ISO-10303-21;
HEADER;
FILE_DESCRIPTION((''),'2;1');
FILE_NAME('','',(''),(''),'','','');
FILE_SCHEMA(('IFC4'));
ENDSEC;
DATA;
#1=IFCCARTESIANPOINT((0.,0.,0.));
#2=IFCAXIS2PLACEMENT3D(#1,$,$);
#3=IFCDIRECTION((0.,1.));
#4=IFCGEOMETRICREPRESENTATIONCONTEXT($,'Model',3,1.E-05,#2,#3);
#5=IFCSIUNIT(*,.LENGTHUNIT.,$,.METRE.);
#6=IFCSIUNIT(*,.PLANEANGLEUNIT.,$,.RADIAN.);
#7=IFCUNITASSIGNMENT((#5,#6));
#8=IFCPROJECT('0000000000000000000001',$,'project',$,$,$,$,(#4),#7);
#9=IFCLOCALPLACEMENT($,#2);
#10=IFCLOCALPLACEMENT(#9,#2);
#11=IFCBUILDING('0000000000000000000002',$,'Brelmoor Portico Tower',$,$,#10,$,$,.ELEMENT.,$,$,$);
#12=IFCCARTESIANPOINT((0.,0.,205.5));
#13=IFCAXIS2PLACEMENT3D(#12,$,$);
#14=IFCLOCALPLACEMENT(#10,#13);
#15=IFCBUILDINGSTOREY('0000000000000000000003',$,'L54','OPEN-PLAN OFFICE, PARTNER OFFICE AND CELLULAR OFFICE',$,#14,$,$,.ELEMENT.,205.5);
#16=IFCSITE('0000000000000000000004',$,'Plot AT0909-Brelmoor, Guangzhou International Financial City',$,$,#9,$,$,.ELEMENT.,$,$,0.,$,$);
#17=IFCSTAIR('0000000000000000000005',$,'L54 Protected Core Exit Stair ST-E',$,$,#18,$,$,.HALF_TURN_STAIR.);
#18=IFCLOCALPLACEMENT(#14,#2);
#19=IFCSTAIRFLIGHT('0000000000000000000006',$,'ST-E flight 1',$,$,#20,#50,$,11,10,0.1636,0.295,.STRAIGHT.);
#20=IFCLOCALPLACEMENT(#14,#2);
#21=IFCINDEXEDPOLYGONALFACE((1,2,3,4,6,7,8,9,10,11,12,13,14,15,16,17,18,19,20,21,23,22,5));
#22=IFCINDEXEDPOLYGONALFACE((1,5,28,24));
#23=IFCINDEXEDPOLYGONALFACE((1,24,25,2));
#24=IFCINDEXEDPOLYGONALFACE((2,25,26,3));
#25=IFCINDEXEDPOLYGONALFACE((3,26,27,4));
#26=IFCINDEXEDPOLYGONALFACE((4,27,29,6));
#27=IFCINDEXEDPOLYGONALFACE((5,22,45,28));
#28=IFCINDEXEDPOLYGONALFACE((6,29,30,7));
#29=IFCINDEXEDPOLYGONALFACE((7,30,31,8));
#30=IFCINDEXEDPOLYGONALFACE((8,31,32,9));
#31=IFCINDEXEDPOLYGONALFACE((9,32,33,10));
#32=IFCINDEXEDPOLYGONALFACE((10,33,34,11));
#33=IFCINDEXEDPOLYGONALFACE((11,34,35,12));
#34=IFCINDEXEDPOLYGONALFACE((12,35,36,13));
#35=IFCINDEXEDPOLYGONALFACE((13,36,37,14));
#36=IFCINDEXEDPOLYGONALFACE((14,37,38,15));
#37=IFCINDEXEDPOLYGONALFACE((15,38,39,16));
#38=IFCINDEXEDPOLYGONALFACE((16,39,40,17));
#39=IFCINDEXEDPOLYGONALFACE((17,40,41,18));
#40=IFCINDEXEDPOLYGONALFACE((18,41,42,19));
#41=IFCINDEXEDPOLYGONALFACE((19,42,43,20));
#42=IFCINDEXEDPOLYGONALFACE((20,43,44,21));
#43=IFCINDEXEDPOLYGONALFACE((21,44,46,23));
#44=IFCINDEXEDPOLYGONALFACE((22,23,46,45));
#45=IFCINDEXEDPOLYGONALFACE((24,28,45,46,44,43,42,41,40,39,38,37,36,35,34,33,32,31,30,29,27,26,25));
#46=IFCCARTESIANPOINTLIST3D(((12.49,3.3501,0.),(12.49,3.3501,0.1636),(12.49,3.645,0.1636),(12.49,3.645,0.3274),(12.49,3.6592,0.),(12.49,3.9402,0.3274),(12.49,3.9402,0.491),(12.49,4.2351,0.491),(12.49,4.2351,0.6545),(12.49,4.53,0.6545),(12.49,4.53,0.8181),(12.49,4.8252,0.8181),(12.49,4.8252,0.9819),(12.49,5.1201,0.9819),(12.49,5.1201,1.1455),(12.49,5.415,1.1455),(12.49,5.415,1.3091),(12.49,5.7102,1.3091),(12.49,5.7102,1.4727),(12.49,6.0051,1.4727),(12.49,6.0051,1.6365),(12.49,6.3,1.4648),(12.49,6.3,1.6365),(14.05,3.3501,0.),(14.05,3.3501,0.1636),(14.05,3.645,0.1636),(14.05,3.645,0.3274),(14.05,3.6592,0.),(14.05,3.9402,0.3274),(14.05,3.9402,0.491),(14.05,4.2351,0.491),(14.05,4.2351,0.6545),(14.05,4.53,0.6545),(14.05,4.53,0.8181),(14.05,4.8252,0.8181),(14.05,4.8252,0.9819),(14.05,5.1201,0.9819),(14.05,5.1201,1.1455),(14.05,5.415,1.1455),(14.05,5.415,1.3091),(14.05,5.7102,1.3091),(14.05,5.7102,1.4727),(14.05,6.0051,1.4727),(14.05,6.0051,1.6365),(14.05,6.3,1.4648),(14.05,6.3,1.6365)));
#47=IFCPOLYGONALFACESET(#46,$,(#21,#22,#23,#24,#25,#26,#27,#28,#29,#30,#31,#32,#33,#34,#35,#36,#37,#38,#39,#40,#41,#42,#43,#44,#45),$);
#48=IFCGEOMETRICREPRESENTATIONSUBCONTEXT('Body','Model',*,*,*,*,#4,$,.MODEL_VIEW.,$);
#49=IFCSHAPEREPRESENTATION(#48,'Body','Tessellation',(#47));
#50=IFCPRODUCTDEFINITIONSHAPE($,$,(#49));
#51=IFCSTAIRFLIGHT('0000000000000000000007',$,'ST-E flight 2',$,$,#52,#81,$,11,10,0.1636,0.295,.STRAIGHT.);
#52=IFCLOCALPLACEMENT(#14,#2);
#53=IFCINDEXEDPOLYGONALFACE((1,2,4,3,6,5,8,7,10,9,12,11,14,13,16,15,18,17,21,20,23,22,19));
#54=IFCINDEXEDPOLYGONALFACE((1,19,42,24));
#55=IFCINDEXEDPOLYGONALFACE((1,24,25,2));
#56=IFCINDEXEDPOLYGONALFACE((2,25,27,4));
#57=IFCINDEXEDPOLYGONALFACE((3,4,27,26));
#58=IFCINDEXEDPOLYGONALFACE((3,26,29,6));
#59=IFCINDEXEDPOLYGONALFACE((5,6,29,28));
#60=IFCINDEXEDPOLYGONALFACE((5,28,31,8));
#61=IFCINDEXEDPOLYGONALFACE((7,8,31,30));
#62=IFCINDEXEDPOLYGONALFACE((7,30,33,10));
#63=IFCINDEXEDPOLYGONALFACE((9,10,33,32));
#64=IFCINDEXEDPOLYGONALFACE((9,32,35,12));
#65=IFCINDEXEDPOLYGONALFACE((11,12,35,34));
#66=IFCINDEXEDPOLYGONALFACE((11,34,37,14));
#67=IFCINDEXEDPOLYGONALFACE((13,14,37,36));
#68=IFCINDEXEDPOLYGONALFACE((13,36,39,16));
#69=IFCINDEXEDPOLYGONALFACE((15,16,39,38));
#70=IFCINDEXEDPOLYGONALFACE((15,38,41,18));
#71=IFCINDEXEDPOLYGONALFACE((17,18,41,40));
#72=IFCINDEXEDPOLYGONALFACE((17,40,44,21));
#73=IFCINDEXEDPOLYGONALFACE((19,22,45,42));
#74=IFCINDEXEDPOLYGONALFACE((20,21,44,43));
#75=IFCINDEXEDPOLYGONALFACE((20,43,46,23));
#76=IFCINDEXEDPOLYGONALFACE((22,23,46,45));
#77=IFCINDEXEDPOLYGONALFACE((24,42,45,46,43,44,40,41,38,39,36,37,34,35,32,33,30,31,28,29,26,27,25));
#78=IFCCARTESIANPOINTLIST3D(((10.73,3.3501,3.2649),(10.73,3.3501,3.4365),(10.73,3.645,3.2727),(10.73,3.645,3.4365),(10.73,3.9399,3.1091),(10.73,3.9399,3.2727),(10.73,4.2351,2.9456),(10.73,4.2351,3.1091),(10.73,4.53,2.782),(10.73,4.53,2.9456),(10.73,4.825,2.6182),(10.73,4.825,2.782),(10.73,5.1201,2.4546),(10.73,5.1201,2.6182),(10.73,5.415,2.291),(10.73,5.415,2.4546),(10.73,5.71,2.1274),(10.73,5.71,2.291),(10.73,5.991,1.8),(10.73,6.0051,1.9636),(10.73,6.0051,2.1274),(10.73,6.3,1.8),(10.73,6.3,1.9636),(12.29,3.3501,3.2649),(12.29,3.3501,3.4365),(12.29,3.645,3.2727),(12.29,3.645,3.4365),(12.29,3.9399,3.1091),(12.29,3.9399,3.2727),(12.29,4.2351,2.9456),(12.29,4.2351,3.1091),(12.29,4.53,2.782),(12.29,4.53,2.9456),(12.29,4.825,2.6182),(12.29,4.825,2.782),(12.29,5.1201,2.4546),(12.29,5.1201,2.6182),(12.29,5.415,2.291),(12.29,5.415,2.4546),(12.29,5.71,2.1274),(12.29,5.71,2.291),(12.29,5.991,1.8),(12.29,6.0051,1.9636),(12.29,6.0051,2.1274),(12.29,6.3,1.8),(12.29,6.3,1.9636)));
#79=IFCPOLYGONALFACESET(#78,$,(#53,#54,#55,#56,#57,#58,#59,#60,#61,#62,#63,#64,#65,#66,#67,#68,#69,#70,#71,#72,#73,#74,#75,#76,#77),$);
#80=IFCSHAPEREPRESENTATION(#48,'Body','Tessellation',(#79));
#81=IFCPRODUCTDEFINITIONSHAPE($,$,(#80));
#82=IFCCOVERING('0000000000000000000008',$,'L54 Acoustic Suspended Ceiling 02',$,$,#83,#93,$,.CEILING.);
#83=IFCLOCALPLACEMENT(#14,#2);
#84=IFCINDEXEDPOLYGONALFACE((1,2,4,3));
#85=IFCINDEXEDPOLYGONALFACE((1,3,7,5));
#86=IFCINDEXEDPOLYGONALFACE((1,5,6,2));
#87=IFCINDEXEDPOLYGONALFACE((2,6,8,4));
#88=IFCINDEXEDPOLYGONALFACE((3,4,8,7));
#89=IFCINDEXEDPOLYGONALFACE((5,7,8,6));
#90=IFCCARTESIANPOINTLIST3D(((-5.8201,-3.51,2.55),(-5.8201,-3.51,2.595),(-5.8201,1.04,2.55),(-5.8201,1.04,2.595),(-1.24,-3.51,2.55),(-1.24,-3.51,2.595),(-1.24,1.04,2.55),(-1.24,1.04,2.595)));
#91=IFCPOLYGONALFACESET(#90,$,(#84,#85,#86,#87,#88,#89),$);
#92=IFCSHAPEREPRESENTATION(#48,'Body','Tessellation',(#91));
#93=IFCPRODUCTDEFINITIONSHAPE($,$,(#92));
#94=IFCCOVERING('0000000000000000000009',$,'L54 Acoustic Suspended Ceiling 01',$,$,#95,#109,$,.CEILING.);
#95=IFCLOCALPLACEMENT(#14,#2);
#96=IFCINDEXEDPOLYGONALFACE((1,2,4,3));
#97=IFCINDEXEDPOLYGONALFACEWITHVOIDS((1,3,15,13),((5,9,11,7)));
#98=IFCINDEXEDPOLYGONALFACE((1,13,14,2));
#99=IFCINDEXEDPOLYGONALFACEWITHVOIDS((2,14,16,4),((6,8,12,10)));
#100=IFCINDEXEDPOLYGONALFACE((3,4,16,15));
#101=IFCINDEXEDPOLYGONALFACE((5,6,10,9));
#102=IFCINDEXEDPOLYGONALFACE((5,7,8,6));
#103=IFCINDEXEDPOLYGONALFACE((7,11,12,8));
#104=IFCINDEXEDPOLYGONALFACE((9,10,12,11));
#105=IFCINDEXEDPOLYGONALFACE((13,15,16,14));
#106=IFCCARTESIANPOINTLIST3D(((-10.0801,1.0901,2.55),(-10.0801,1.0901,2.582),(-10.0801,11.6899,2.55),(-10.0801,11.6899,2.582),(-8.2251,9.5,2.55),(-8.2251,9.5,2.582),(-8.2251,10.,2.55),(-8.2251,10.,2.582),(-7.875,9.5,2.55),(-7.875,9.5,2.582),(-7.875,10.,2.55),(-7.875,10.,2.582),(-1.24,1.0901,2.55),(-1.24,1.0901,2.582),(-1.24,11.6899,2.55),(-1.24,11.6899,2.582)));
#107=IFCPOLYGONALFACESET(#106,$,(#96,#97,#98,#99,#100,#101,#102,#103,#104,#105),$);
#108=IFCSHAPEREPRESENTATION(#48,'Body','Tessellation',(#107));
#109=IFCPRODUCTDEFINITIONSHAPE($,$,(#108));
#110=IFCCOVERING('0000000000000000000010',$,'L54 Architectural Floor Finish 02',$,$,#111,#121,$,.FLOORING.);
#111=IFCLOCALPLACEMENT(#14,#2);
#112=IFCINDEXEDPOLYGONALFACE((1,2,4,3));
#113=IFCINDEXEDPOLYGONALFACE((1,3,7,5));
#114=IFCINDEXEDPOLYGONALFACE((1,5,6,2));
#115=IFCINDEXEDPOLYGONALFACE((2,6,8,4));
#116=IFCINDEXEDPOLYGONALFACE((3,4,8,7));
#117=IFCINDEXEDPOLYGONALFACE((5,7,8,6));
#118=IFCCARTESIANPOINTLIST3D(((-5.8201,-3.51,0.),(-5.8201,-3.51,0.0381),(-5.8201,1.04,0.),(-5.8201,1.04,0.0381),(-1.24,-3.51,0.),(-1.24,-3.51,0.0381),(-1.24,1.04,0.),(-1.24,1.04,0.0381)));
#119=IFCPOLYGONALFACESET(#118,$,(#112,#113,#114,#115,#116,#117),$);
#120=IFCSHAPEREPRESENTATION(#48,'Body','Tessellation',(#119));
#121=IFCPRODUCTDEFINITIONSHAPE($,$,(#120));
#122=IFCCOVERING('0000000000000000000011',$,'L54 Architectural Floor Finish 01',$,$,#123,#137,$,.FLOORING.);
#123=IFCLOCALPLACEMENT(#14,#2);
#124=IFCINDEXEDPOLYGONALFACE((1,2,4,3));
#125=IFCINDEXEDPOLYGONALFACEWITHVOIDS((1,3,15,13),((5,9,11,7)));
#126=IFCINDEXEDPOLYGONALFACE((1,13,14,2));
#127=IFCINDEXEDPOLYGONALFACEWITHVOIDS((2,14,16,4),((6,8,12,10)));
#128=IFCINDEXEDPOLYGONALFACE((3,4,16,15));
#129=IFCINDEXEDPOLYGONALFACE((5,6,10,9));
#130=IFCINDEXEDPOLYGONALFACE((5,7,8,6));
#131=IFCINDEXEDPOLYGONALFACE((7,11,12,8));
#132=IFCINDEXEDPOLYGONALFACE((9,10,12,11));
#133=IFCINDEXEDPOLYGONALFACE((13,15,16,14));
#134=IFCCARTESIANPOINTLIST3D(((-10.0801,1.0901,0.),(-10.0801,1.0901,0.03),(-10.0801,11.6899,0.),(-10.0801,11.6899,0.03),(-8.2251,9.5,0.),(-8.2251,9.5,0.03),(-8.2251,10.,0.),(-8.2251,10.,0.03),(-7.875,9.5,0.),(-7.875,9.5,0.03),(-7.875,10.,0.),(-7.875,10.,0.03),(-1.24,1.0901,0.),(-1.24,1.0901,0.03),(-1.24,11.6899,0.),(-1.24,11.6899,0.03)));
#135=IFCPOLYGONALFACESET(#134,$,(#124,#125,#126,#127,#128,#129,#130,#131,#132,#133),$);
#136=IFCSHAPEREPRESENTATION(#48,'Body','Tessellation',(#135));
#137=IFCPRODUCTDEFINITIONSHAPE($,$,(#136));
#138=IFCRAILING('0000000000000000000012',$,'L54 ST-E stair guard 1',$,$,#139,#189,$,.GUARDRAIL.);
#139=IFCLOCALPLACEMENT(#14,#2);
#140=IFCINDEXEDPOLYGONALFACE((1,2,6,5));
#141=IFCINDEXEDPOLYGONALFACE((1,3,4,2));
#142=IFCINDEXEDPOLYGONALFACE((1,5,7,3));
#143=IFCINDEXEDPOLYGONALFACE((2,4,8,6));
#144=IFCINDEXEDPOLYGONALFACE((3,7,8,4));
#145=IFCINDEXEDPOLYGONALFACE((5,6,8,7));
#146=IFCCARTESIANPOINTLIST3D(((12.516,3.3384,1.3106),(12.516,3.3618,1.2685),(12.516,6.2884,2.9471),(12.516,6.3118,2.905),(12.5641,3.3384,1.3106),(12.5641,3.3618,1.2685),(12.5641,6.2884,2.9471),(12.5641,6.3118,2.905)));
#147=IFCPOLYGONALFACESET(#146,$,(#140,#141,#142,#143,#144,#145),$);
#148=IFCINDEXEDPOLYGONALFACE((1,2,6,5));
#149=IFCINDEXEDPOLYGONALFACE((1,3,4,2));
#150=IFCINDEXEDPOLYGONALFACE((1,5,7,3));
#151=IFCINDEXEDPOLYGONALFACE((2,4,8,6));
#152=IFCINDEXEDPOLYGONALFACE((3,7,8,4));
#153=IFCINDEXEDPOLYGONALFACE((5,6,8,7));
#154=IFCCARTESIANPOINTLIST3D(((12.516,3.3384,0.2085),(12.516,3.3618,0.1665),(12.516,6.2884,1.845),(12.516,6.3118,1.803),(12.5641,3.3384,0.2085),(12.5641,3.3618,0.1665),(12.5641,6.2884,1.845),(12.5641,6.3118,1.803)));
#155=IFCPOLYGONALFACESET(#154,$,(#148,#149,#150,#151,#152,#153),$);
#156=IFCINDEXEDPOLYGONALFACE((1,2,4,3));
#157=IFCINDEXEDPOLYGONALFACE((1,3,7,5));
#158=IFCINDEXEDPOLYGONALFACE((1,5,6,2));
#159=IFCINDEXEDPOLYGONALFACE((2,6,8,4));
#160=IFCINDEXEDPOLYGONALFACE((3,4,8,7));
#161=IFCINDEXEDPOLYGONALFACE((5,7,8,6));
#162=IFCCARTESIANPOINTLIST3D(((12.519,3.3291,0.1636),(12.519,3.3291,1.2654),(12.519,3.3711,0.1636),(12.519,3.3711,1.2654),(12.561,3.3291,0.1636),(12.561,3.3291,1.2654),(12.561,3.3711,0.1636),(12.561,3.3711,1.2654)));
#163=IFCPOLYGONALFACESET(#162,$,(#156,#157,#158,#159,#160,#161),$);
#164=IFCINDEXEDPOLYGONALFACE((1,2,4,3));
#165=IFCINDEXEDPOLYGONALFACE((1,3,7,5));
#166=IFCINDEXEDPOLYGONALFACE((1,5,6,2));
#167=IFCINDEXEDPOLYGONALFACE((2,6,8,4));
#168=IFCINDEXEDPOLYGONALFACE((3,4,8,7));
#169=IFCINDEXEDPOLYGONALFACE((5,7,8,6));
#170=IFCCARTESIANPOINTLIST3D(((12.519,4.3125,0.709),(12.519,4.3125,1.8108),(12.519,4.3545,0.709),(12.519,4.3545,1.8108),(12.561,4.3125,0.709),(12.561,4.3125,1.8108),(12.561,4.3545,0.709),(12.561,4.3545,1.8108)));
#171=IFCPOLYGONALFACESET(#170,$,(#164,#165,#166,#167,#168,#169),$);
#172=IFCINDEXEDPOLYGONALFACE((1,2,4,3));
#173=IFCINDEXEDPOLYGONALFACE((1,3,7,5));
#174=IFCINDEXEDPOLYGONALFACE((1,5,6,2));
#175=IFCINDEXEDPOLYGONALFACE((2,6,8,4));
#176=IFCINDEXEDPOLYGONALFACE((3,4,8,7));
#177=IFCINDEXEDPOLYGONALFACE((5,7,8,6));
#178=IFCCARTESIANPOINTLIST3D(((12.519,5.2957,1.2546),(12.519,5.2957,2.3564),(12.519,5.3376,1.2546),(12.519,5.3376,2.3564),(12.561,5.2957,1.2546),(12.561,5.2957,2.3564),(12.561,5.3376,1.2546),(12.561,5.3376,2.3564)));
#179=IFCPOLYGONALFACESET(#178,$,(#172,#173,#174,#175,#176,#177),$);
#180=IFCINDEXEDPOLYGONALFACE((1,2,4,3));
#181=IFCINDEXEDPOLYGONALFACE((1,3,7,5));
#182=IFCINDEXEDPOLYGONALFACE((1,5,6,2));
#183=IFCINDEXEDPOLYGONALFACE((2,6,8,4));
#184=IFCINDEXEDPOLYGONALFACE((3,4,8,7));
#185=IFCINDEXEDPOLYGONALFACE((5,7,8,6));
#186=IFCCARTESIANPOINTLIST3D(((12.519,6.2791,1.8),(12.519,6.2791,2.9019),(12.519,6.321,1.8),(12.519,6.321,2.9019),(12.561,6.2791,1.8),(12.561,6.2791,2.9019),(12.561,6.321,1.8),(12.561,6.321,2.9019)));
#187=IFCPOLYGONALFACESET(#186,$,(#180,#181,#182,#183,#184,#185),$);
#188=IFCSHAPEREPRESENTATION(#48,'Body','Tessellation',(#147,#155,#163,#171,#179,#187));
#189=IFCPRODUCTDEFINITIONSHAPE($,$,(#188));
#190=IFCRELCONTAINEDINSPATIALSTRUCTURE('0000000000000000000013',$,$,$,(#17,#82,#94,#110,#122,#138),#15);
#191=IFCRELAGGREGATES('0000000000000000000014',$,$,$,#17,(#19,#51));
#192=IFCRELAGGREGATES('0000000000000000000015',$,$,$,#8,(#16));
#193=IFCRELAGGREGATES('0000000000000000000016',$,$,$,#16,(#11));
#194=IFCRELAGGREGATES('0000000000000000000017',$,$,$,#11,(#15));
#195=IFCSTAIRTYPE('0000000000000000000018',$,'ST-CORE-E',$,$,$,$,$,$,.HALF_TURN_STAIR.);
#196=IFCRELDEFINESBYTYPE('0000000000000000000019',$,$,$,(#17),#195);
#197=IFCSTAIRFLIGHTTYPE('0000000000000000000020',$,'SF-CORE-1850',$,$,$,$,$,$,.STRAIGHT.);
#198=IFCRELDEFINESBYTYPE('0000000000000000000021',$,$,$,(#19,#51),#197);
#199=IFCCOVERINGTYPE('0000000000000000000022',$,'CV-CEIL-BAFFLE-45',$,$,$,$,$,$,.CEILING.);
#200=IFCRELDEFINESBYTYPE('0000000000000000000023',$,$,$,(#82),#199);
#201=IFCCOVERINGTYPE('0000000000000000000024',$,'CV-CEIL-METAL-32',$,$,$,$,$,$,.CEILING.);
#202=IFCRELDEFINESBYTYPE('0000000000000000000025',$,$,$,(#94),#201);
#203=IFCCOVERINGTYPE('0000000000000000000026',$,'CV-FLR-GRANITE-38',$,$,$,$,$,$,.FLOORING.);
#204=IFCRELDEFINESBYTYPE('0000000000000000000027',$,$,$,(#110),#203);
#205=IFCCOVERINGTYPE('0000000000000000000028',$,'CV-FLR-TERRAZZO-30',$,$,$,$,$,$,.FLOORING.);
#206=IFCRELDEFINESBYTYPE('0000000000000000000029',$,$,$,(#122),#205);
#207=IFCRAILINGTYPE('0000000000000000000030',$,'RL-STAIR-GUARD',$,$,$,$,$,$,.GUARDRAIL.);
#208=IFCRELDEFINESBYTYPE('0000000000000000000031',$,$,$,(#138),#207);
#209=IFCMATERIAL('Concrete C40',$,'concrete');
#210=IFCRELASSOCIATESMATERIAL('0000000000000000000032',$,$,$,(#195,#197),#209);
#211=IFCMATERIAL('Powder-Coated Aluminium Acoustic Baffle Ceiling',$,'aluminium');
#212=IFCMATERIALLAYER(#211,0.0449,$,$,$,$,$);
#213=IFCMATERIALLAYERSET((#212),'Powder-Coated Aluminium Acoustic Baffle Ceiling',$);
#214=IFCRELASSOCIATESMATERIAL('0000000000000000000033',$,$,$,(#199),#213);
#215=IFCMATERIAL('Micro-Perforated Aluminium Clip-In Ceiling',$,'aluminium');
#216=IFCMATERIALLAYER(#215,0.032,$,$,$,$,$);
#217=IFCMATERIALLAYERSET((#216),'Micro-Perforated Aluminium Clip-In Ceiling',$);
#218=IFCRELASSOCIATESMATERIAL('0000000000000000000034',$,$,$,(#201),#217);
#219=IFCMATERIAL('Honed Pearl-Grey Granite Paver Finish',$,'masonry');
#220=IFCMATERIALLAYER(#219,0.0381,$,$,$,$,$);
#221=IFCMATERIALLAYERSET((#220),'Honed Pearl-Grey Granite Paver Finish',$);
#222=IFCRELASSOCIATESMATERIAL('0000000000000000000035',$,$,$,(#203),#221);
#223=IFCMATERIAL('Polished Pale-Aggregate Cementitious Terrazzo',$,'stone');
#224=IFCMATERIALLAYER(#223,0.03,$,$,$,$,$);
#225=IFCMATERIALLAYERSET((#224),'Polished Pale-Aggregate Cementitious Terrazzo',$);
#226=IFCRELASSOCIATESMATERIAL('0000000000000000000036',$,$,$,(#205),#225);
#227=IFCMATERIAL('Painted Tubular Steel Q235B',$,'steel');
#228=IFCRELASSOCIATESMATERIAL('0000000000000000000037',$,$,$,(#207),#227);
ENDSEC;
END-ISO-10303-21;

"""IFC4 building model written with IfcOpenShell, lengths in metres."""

from ifc_helpers import new_model, si_unit, direction, frame, origin, origin_2d, place, context, subcontext, project, spatial, polyline, rectangle, outline, extrude, material, layer, layer_set, type_object, element, aggregate, save


model = new_model("IFC4")

# Units and contexts
model_context = context("Model", 3, precision=1e-05, world=origin(), true_north=direction((0.0, 1.0)))
body_context = subcontext(model_context, "Body", "Model", "MODEL_VIEW")
ifc_project = project(units=[si_unit("LENGTHUNIT", "METRE"), si_unit("PLANEANGLEUNIT", "RADIAN")], contexts=[model_context])

# Site, building, storey
site_placement = place(None, origin())
site = spatial("IfcSite", under=ifc_project, at=site_placement, Name="Plot AT0909-Brelmoor, Guangzhou International Financial City", CompositionType="ELEMENT", RefElevation=0.0)
building_placement = place(site_placement, origin())
building = spatial("IfcBuilding", under=site, at=building_placement, Name="Brelmoor Portico Tower", CompositionType="ELEMENT")
storey_placement = place(building_placement, frame((0.0, 0.0, 205.5)))
storey = spatial("IfcBuildingStorey", under=building, at=storey_placement, Name="L54", Description="OPEN-PLAN OFFICE, PARTNER OFFICE AND CELLULAR OFFICE", CompositionType="ELEMENT", Elevation=205.5)

# Shared definitions
ifc_material_1 = material(Name="Concrete C40", Category="concrete")

# Stair, stair flights
stair_type = type_object("IfcStairType", Name="ST-CORE-E", PredefinedType="HALF_TURN_STAIR", material=ifc_material_1)
stair_placement = place(storey_placement, origin())
stair = element("IfcStair", 1, at=stair_placement, inside=storey, type_object=stair_type, Name="L54 Protected Core Exit Stair ST-E", PredefinedType="HALF_TURN_STAIR")
stair_flight_type = type_object("IfcStairFlightType", Name="SF-CORE-1850", PredefinedType="STRAIGHT", material=ifc_material_1)
stair_flight_1_placement = place(storey_placement, frame((13.27, 3.3501, 0.0), z_axis=(0.0, 0.0, 1.0), x_axis=(0.0, 1.0, 0.0)))
stair_flight_1 = element("IfcStairFlight", 2, at=stair_flight_1_placement, type_object=stair_flight_type, Name="ST-E flight 1", NumberOfRisers=11, NumberOfTreads=10, PredefinedType="STRAIGHT", RiserHeight=0.1636, TreadLength=0.295, context=body_context, shape_type="SweptSolid", body=[
    extrude(outline(polyline([(0.0, 0.0), (0.0, 0.1636), (0.2949, 0.1636), (0.2949, 0.3274), (0.5901, 0.3274), (0.5901, 0.491), (0.885, 0.491), (0.885, 0.6545), (1.1799, 0.6545), (1.1799, 0.8181), (1.4751, 0.8181), (1.4751, 0.9819), (1.77, 0.9819), (1.77, 1.1455), (2.0649, 1.1455), (2.0649, 1.3091), (2.3601, 1.3091), (2.3601, 1.4727), (2.655, 1.4727), (2.655, 1.6365), (2.95, 1.6365), (2.95, 1.8), (2.95, 1.4648), (0.3091, 0.0), (0.0, 0.0)])), frame((0.0, 0.78, 0.0), z_axis=(0.0, -1.0, 0.0), x_axis=(1.0, 0.0, 0.0)), (0.0, 0.0, 1.0), 1.5601),
])
stair_flight_2_placement = place(storey_placement, frame((11.51, 6.3, 1.8), z_axis=(0.0, 0.0, 1.0), x_axis=(0.0, -1.0, 0.0)))
stair_flight_2 = element("IfcStairFlight", 3, at=stair_flight_2_placement, type_object=stair_flight_type, Name="ST-E flight 2", NumberOfRisers=11, NumberOfTreads=10, PredefinedType="STRAIGHT", RiserHeight=0.1636, TreadLength=0.295, context=body_context, shape_type="SweptSolid", body=[
    extrude(outline(polyline([(0.0, 0.0), (0.0, 0.1636), (0.2949, 0.1636), (0.2949, 0.3274), (0.5901, 0.3274), (0.5901, 0.491), (0.885, 0.491), (0.885, 0.6545), (1.1799, 0.6545), (1.1799, 0.8181), (1.4751, 0.8181), (1.4751, 0.9819), (1.77, 0.9819), (1.77, 1.1455), (2.0649, 1.1455), (2.0649, 1.3091), (2.3601, 1.3091), (2.3601, 1.4727), (2.655, 1.4727), (2.655, 1.6365), (2.95, 1.6365), (2.95, 1.8), (2.95, 1.4648), (0.3091, 0.0), (0.0, 0.0)])), frame((0.0, 0.78, 0.0), z_axis=(0.0, -1.0, 0.0), x_axis=(1.0, 0.0, 0.0)), (0.0, 0.0, 1.0), 1.5601),
])
aggregate(stair, [stair_flight_1, stair_flight_2])

# Coverings
ifc_material_2 = material(Name="Powder-Coated Aluminium Acoustic Baffle Ceiling", Category="aluminium")
ifc_layer_1 = layer(ifc_material_2, 0.0449)
ifc_layer_set_1 = layer_set([ifc_layer_1], Name="Powder-Coated Aluminium Acoustic Baffle Ceiling")
covering_type_1 = type_object("IfcCoveringType", Name="CV-CEIL-BAFFLE-45", PredefinedType="CEILING", material=ifc_layer_set_1)
covering_1_placement = place(storey_placement, frame((0.0, 0.0, 2.55)))
element("IfcCovering", 4, at=covering_1_placement, inside=storey, type_object=covering_type_1, Name="L54 Acoustic Suspended Ceiling 02", PredefinedType="CEILING", context=body_context, shape_type="SweptSolid", body=[
    extrude(outline(polyline([(-5.8201, -3.51), (-5.8201, 1.04), (-1.24, 1.04), (-1.24, -3.51), (-5.8201, -3.51)])), origin(), (0.0, 0.0, 1.0), 0.0449),
])
ifc_material_3 = material(Name="Micro-Perforated Aluminium Clip-In Ceiling", Category="aluminium")
ifc_layer_2 = layer(ifc_material_3, 0.032)
ifc_layer_set_2 = layer_set([ifc_layer_2], Name="Micro-Perforated Aluminium Clip-In Ceiling")
covering_type_2 = type_object("IfcCoveringType", Name="CV-CEIL-METAL-32", PredefinedType="CEILING", material=ifc_layer_set_2)
covering_2_placement = place(storey_placement, frame((0.0, 0.0, 2.55)))
element("IfcCovering", 5, at=covering_2_placement, inside=storey, type_object=covering_type_2, Name="L54 Acoustic Suspended Ceiling 01", PredefinedType="CEILING", context=body_context, shape_type="SweptSolid", body=[
    extrude(outline(polyline([(-10.0801, 11.6899), (-1.24, 11.6899), (-1.24, 1.0901), (-10.0801, 1.0901), (-10.0801, 11.6899)]), holes=[polyline([(-7.875, 9.5), (-7.875, 10.0), (-8.2251, 10.0), (-8.2251, 9.5), (-7.875, 9.5)])]), origin(), (0.0, 0.0, 1.0), 0.032),
])
ifc_material_4 = material(Name="Honed Pearl-Grey Granite Paver Finish", Category="masonry")
ifc_layer_3 = layer(ifc_material_4, 0.0381)
ifc_layer_set_3 = layer_set([ifc_layer_3], Name="Honed Pearl-Grey Granite Paver Finish")
covering_type_3 = type_object("IfcCoveringType", Name="CV-FLR-GRANITE-38", PredefinedType="FLOORING", material=ifc_layer_set_3)
covering_3_placement = place(storey_placement, origin())
element("IfcCovering", 6, at=covering_3_placement, inside=storey, type_object=covering_type_3, Name="L54 Architectural Floor Finish 02", PredefinedType="FLOORING", context=body_context, shape_type="SweptSolid", body=[
    extrude(outline(polyline([(-5.8201, -3.51), (-5.8201, 1.04), (-1.24, 1.04), (-1.24, -3.51), (-5.8201, -3.51)])), origin(), (0.0, 0.0, 1.0), 0.0381),
])
ifc_material_5 = material(Name="Polished Pale-Aggregate Cementitious Terrazzo", Category="stone")
ifc_layer_4 = layer(ifc_material_5, 0.03)
ifc_layer_set_4 = layer_set([ifc_layer_4], Name="Polished Pale-Aggregate Cementitious Terrazzo")
covering_type_4 = type_object("IfcCoveringType", Name="CV-FLR-TERRAZZO-30", PredefinedType="FLOORING", material=ifc_layer_set_4)
covering_4_placement = place(storey_placement, origin())
element("IfcCovering", 7, at=covering_4_placement, inside=storey, type_object=covering_type_4, Name="L54 Architectural Floor Finish 01", PredefinedType="FLOORING", context=body_context, shape_type="SweptSolid", body=[
    extrude(outline(polyline([(-10.0801, 11.6899), (-1.24, 11.6899), (-1.24, 1.0901), (-10.0801, 1.0901), (-10.0801, 11.6899)]), holes=[polyline([(-7.875, 9.5), (-7.875, 10.0), (-8.2251, 10.0), (-8.2251, 9.5), (-7.875, 9.5)])]), origin(), (0.0, 0.0, 1.0), 0.03),
])

# Railing
ifc_material_6 = material(Name="Painted Tubular Steel Q235B", Category="steel")
railing_type_1 = type_object("IfcRailingType", Name="RL-STAIR-GUARD", PredefinedType="GUARDRAIL", material=ifc_material_6)
railing_1_placement = place(storey_placement, frame((12.54, 3.3501, 0.1636)))
element("IfcRailing", 8, at=railing_1_placement, inside=storey, type_object=railing_type_1, Name="L54 ST-E stair guard 1", PredefinedType="GUARDRAIL", context=body_context, shape_type="SweptSolid", body=[
    extrude(rectangle(XDim=0.0481, YDim=0.0481, at=origin_2d()), frame((0.0, 0.0, 1.126), z_axis=(0.0, 0.874458, 0.485102), x_axis=(-1.0, 0.0, 0.0)), (0.0, 0.0, 1.0), 3.3735),
    extrude(rectangle(XDim=0.0481, YDim=0.0481, at=origin_2d()), frame((0.0, 0.0, 0.0239), z_axis=(0.0, 0.874458, 0.485102), x_axis=(-1.0, 0.0, 0.0)), (0.0, 0.0, 1.0), 3.3735),
    extrude(rectangle(XDim=0.042, YDim=0.042, at=origin_2d()), origin(), (0.0, 0.0, 1.0), 1.1018),
    extrude(rectangle(XDim=0.042, YDim=0.042, at=origin_2d()), frame((0.0, 0.9834, 0.5454)), (0.0, 0.0, 1.0), 1.1018),
    extrude(rectangle(XDim=0.042, YDim=0.042, at=origin_2d()), frame((0.0, 1.9666, 1.0911)), (0.0, 0.0, 1.0), 1.1018),
    extrude(rectangle(XDim=0.042, YDim=0.042, at=origin_2d()), frame((0.0, 2.95, 1.6365)), (0.0, 0.0, 1.0), 1.1018),
])

save(model, "model.ifc")
